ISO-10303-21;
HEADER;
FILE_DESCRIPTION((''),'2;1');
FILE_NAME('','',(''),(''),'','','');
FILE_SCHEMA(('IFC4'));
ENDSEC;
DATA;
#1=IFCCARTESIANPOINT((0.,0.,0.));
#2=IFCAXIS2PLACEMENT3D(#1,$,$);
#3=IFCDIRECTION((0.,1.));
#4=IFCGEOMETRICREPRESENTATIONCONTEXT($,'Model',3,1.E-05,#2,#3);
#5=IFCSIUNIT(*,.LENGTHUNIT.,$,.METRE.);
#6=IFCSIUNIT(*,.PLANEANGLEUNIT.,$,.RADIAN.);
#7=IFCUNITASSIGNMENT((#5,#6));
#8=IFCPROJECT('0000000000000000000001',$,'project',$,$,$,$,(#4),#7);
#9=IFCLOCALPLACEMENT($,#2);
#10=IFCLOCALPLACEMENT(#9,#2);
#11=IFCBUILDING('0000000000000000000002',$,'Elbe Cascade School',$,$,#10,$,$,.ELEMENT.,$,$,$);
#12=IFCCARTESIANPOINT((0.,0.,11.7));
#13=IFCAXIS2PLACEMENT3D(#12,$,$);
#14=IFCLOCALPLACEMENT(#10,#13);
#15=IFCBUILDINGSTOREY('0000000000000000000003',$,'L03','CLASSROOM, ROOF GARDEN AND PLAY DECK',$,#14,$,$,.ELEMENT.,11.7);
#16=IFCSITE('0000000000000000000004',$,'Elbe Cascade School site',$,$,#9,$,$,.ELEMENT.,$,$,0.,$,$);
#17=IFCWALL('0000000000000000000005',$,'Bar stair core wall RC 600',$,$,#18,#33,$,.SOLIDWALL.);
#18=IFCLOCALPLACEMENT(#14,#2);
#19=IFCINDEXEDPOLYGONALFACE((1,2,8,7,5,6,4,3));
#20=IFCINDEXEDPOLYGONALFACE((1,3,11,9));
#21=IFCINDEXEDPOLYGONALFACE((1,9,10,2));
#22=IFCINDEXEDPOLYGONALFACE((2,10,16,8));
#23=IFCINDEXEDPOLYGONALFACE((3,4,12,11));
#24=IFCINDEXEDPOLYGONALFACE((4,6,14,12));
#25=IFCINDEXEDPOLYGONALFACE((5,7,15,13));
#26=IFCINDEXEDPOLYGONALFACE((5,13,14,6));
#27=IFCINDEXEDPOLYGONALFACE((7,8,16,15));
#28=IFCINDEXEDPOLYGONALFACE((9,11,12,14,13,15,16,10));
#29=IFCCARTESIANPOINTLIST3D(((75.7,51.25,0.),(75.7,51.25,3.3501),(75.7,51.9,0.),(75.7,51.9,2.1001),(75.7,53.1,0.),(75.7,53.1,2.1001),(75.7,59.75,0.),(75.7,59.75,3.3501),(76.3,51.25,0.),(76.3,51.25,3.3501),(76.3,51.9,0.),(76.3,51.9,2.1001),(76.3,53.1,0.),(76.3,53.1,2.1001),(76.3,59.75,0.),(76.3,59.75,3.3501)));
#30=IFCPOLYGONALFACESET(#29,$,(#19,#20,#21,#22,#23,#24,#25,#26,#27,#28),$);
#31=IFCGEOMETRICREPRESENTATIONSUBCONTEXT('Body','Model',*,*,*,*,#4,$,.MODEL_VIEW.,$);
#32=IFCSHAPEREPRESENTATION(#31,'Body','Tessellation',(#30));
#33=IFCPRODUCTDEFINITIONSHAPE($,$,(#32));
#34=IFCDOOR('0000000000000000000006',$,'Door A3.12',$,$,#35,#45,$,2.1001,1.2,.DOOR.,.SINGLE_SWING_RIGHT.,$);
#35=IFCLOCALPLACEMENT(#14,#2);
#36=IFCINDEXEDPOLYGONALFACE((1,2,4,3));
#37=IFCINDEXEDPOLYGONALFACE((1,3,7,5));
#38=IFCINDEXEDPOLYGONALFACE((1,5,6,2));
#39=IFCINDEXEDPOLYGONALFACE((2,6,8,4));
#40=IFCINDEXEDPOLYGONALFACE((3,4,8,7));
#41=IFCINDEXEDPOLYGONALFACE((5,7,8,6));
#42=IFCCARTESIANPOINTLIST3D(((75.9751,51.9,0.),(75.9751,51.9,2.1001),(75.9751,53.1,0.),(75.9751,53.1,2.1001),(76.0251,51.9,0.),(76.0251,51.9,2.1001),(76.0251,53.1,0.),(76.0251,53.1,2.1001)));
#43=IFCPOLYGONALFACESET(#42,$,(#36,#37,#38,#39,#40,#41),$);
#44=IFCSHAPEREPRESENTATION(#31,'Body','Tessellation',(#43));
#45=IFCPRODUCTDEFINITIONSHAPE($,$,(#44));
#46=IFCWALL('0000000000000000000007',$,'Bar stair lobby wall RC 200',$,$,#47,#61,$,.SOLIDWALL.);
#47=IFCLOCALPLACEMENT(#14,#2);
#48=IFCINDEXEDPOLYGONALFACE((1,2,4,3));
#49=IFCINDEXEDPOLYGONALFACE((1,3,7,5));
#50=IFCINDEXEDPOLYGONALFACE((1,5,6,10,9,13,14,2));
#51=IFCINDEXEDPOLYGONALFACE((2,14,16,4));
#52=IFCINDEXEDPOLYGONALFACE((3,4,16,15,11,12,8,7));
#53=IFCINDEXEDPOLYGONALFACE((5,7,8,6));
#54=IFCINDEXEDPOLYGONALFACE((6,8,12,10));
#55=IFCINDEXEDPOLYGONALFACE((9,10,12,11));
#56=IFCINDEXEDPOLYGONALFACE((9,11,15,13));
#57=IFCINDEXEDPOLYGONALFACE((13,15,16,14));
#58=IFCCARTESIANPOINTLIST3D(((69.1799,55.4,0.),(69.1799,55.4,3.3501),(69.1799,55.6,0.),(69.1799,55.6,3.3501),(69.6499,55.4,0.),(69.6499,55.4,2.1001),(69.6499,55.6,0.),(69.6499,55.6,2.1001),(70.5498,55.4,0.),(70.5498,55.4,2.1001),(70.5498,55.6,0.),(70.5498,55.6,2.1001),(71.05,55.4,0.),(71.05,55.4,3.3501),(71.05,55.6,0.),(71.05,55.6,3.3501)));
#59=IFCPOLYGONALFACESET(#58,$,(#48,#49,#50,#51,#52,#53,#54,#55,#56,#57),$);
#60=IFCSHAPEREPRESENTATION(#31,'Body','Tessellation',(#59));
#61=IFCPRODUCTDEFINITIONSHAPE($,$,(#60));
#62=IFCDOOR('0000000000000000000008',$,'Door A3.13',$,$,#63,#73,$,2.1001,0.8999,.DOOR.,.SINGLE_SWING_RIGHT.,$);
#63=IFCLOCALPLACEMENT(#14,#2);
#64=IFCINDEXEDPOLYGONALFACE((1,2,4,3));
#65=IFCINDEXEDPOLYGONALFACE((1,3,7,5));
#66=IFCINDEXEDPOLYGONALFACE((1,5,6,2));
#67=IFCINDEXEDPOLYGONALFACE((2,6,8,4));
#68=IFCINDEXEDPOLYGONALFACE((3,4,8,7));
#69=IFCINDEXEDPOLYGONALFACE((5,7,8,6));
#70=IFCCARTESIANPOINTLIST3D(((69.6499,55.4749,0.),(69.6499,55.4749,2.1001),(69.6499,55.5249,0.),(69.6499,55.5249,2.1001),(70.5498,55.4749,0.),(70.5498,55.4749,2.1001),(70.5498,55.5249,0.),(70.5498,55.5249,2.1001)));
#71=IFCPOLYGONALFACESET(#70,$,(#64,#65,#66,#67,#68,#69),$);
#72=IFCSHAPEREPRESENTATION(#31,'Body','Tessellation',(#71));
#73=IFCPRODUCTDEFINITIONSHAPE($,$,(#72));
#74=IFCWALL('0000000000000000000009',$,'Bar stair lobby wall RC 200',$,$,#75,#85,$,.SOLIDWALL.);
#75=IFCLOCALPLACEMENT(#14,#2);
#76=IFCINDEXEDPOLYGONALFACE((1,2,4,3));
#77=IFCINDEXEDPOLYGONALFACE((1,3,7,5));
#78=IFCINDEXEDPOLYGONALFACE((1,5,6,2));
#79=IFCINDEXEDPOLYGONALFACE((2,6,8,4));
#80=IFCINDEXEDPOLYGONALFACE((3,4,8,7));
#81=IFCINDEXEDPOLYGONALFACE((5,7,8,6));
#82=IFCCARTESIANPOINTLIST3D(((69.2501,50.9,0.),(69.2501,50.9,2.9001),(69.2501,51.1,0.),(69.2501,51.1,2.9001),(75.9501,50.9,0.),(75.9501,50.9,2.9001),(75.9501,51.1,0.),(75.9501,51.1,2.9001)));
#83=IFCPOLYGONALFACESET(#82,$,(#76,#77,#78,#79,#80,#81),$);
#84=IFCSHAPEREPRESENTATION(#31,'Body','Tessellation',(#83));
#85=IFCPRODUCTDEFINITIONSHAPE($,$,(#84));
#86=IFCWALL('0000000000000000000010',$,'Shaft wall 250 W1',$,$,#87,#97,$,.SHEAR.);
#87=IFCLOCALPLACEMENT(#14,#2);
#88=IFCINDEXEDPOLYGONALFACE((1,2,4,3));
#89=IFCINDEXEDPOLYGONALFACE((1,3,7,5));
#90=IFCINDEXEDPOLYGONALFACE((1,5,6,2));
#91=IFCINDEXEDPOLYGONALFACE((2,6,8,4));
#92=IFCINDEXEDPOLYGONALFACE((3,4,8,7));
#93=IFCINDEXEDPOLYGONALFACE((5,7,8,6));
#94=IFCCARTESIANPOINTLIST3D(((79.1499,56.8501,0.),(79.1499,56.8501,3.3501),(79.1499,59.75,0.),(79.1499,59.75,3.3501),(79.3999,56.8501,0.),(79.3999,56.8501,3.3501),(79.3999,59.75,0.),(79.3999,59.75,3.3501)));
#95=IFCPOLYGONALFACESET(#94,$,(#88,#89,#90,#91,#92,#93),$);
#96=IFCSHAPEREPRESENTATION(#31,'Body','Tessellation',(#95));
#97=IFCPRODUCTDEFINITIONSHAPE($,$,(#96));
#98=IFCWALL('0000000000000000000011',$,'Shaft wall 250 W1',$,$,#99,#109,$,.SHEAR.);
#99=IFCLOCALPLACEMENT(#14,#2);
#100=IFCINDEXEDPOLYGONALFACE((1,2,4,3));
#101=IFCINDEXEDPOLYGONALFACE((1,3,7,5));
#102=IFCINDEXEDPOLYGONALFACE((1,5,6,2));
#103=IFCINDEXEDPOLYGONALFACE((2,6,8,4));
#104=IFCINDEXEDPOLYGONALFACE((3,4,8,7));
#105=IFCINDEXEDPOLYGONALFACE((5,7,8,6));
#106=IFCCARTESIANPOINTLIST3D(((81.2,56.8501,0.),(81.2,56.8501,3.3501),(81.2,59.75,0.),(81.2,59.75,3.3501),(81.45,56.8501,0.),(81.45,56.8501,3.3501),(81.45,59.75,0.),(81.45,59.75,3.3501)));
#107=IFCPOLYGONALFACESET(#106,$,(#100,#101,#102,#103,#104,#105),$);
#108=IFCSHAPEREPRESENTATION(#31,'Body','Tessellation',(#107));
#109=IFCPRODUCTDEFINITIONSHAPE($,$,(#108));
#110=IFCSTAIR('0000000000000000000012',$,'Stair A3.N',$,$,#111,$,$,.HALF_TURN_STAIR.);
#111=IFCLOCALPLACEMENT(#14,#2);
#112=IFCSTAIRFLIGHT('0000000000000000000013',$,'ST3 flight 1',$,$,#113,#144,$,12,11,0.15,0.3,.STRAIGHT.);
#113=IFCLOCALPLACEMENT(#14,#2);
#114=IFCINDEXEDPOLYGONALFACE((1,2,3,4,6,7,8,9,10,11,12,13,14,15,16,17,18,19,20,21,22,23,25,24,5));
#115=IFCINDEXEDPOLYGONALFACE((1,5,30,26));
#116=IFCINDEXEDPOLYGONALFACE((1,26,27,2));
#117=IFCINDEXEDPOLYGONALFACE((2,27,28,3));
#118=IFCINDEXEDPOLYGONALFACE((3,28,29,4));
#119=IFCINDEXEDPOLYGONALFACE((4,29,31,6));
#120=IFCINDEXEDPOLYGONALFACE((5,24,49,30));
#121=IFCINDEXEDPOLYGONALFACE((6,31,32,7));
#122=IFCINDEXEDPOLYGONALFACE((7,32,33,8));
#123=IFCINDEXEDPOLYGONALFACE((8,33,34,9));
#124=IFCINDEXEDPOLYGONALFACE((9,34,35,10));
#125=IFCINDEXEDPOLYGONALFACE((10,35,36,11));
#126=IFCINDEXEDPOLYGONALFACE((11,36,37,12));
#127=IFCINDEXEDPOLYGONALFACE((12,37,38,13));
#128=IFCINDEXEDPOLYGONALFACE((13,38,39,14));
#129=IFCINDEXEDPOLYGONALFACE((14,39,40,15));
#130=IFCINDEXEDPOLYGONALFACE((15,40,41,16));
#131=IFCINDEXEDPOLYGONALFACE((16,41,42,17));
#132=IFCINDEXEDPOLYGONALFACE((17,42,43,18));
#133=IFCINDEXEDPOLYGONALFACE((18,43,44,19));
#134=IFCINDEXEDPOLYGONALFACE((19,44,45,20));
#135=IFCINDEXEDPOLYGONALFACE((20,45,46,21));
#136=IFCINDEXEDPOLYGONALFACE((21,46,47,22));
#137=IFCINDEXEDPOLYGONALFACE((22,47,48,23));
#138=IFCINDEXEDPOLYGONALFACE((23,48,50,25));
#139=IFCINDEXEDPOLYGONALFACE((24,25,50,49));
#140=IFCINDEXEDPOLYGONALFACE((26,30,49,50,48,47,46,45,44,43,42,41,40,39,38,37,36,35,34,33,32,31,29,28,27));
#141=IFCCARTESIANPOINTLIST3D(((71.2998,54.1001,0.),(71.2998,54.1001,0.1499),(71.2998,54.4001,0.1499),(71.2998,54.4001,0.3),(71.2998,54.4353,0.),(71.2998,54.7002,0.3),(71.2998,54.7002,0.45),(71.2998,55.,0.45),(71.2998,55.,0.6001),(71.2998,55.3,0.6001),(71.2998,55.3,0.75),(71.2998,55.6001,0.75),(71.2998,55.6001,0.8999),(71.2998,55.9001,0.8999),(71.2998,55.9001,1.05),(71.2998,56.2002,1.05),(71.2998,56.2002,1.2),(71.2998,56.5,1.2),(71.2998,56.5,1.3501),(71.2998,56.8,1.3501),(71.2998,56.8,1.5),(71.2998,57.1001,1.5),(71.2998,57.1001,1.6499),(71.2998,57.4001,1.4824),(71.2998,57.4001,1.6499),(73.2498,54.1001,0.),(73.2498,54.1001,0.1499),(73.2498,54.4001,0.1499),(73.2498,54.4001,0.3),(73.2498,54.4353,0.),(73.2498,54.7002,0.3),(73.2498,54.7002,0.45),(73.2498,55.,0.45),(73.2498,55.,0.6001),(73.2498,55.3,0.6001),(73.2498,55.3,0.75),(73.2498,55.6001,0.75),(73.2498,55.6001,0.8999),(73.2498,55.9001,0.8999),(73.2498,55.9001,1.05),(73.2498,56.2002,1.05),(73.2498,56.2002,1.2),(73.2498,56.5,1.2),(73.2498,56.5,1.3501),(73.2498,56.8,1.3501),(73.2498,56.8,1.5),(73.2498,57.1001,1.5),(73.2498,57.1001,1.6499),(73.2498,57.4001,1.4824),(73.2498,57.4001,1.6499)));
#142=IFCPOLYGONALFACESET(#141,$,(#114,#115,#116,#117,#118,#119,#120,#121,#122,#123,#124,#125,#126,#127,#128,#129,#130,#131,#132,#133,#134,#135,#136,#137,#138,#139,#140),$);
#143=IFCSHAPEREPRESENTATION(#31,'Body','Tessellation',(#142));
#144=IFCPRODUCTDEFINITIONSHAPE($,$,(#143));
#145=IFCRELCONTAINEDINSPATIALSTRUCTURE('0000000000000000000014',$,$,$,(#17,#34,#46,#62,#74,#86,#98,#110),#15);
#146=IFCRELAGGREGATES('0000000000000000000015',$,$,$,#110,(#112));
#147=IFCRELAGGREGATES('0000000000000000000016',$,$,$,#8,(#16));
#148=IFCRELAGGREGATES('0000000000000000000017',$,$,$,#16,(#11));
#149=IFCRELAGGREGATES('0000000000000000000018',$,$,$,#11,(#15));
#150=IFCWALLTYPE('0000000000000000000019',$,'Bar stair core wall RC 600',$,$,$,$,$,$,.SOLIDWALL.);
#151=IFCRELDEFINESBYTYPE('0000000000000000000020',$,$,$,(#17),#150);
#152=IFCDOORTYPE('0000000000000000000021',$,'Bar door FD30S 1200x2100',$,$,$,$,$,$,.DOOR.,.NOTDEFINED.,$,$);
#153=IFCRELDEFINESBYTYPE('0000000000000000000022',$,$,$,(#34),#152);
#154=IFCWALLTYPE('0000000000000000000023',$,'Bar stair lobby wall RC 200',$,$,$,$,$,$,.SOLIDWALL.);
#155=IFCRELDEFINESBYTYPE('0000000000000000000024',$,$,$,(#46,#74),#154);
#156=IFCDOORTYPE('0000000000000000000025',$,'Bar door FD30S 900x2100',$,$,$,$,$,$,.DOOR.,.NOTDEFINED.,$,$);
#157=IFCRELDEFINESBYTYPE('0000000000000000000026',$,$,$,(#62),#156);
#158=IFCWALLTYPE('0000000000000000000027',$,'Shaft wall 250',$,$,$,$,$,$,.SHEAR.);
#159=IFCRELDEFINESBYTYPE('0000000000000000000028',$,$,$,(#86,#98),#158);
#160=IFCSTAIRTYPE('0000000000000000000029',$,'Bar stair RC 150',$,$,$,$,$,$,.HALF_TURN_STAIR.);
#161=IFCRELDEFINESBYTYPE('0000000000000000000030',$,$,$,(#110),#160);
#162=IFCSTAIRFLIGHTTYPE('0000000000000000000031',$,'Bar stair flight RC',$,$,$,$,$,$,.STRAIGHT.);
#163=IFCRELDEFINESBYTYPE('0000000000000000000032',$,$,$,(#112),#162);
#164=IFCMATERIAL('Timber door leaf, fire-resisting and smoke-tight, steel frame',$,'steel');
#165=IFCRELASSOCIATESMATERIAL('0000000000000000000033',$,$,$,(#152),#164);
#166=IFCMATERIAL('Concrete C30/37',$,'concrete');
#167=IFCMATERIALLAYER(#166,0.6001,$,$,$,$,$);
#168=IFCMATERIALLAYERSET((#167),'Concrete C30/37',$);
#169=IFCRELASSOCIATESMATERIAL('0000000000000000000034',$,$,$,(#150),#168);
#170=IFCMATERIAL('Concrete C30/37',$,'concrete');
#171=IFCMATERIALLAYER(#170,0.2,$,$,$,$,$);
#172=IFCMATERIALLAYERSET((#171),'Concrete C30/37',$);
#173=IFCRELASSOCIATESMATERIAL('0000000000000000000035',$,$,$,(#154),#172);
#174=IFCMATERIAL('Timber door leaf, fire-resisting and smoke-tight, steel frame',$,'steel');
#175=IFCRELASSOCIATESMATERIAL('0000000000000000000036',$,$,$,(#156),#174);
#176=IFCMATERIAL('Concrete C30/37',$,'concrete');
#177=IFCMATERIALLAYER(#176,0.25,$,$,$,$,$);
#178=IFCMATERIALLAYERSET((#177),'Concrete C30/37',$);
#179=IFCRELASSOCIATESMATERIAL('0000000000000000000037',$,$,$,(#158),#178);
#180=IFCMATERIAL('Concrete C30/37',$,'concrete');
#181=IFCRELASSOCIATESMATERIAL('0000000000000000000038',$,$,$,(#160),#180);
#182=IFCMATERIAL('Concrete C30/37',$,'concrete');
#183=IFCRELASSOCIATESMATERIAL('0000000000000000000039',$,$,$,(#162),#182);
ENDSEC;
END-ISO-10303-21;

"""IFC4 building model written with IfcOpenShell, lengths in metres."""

from ifc_helpers import new_model, si_unit, direction, frame, frame_2d, origin, place, context, subcontext, project, spatial, polyline, rectangle, outline, extrude, material, layer, layer_set, type_object, element, fill, aggregate, save


model = new_model("IFC4")

# Units and contexts
model_context = context("Model", 3, precision=1e-05, world=origin(), true_north=direction((0.0, 1.0)))
body_context = subcontext(model_context, "Body", "Model", "MODEL_VIEW")
ifc_project = project(units=[si_unit("LENGTHUNIT", "METRE"), si_unit("PLANEANGLEUNIT", "RADIAN")], contexts=[model_context])

# Site, building, storey
site_placement = place(None, origin())
site = spatial("IfcSite", under=ifc_project, at=site_placement, Name="Elbe Cascade School site", CompositionType="ELEMENT", RefElevation=0.0)
building_placement = place(site_placement, origin())
building = spatial("IfcBuilding", under=site, at=building_placement, Name="Elbe Cascade School", CompositionType="ELEMENT")
storey_placement = place(building_placement, frame((0.0, 0.0, 11.7)))
storey = spatial("IfcBuildingStorey", under=building, at=storey_placement, Name="L03", Description="CLASSROOM, ROOF GARDEN AND PLAY DECK", CompositionType="ELEMENT", Elevation=11.7)

# Shared definitions
ifc_material_1 = material(Name="Timber door leaf, fire-resisting and smoke-tight, steel frame", Category="steel")
door_type_1 = type_object("IfcDoorType", Name="Bar door FD30S 1200x2100", OperationType="NOTDEFINED", PredefinedType="DOOR", material=ifc_material_1)

# Walls, openings, doors
ifc_material_2 = material(Name="Concrete C30/37", Category="concrete")
ifc_layer_1 = layer(ifc_material_2, 0.6001)
ifc_layer_set_1 = layer_set([ifc_layer_1], Name="Concrete C30/37")
wall_type_1 = type_object("IfcWallType", Name="Bar stair core wall RC 600", PredefinedType="SOLIDWALL", material=ifc_layer_set_1)
wall_1_placement = place(storey_placement, frame((76.0, 51.25, 0.0), z_axis=(0.0, 0.0, 1.0), x_axis=(0.0, 1.0, 0.0)))
wall_1 = element("IfcWall", 1, at=wall_1_placement, inside=storey, type_object=wall_type_1, Name="Bar stair core wall RC 600", PredefinedType="SOLIDWALL", context=body_context, shape_type="SweptSolid", body=[
    extrude(rectangle(XDim=8.5, YDim=0.6001, at=frame_2d((4.25, 0.0))), origin(), (0.0, 0.0, 1.0), 3.3501),
])
opening_1_placement = place(wall_1_placement, frame((0.6499, 0.0, 0.0)))
opening_1 = element("IfcOpeningElement", 2, at=opening_1_placement, cuts=wall_1, PredefinedType="OPENING", context=body_context, shape_type="SweptSolid", body=[
    extrude(rectangle(XDim=1.2, YDim=2.1001, at=frame_2d((0.6001, 1.05))), frame((0.0, 0.3101, 0.0), z_axis=(0.0, -1.0, 0.0), x_axis=(1.0, 0.0, 0.0)), (0.0, 0.0, 1.0), 0.6201),
])
door_1_placement = place(opening_1_placement, origin())
door_1 = element("IfcDoor", 3, at=door_1_placement, inside=storey, type_object=door_type_1, Name="Door A3.12", OperationType="SINGLE_SWING_RIGHT", OverallHeight=2.1001, OverallWidth=1.2, PredefinedType="DOOR", context=body_context, shape_type="SweptSolid", body=[
    extrude(rectangle(XDim=1.2, YDim=2.1001, at=frame_2d((0.6001, 1.05))), frame((0.0, 0.0249, 0.0), z_axis=(0.0, -1.0, 0.0), x_axis=(1.0, 0.0, 0.0)), (0.0, 0.0, 1.0), 0.05),
])
fill(opening_1, door_1)
ifc_material_3 = material(Name="Concrete C30/37", Category="concrete")
ifc_layer_2 = layer(ifc_material_3, 0.2)
ifc_layer_set_2 = layer_set([ifc_layer_2], Name="Concrete C30/37")
wall_type_2 = type_object("IfcWallType", Name="Bar stair lobby wall RC 200", PredefinedType="SOLIDWALL", material=ifc_layer_set_2)
wall_2_placement = place(storey_placement, frame((69.1799, 55.5, 0.0), z_axis=(0.0, 0.0, 1.0), x_axis=(1.0, 0.0, 0.0)))
wall_2 = element("IfcWall", 4, at=wall_2_placement, inside=storey, type_object=wall_type_2, Name="Bar stair lobby wall RC 200", PredefinedType="SOLIDWALL", context=body_context, shape_type="SweptSolid", body=[
    extrude(rectangle(XDim=1.8701, YDim=0.2, at=frame_2d((0.9351, 0.0))), origin(), (0.0, 0.0, 1.0), 3.3501),
])
opening_2_placement = place(wall_2_placement, frame((0.47, 0.0, 0.0)))
opening_2 = element("IfcOpeningElement", 5, at=opening_2_placement, cuts=wall_2, PredefinedType="OPENING", context=body_context, shape_type="SweptSolid", body=[
    extrude(rectangle(XDim=0.8999, YDim=2.1001, at=frame_2d((0.45, 1.05))), frame((0.0, 0.1099, 0.0), z_axis=(0.0, -1.0, 0.0), x_axis=(1.0, 0.0, 0.0)), (0.0, 0.0, 1.0), 0.22),
])
ifc_material_4 = material(Name="Timber door leaf, fire-resisting and smoke-tight, steel frame", Category="steel")
door_type_2 = type_object("IfcDoorType", Name="Bar door FD30S 900x2100", OperationType="NOTDEFINED", PredefinedType="DOOR", material=ifc_material_4)
door_2_placement = place(opening_2_placement, origin())
door_2 = element("IfcDoor", 6, at=door_2_placement, inside=storey, type_object=door_type_2, Name="Door A3.13", OperationType="SINGLE_SWING_RIGHT", OverallHeight=2.1001, OverallWidth=0.8999, PredefinedType="DOOR", context=body_context, shape_type="SweptSolid", body=[
    extrude(rectangle(XDim=0.8999, YDim=2.1001, at=frame_2d((0.45, 1.05))), frame((0.0, 0.0249, 0.0), z_axis=(0.0, -1.0, 0.0), x_axis=(1.0, 0.0, 0.0)), (0.0, 0.0, 1.0), 0.05),
])
fill(opening_2, door_2)

# Walls
wall_3_placement = place(storey_placement, frame((69.25, 51.0, 0.0), z_axis=(0.0, 0.0, 1.0), x_axis=(1.0, 0.0, 0.0)))
element("IfcWall", 7, at=wall_3_placement, inside=storey, type_object=wall_type_2, Name="Bar stair lobby wall RC 200", PredefinedType="SOLIDWALL", context=body_context, shape_type="SweptSolid", body=[
    extrude(rectangle(XDim=6.7, YDim=0.2, at=frame_2d((3.3501, 0.0))), origin(), (0.0, 0.0, 1.0), 2.9001),
])
ifc_material_5 = material(Name="Concrete C30/37", Category="concrete")
ifc_layer_3 = layer(ifc_material_5, 0.25)
ifc_layer_set_3 = layer_set([ifc_layer_3], Name="Concrete C30/37")
wall_type_3 = type_object("IfcWallType", Name="Shaft wall 250", PredefinedType="SHEAR", material=ifc_layer_set_3)
for number, where, z_axis, x_axis, name in (
    (8, (79.2749, 56.8501, 0.0), (0.0, 0.0, 1.0), (0.0, 1.0, 0.0), "Shaft wall 250 W1"),
    (9, (81.325, 56.8501, 0.0), (0.0, 0.0, 1.0), (0.0, 1.0, 0.0), "Shaft wall 250 W1"),
):
    element("IfcWall", number, at=place(storey_placement, frame(where, z_axis=z_axis, x_axis=x_axis)), inside=storey, type_object=wall_type_3, Name=name, PredefinedType="SHEAR", context=body_context, shape_type="SweptSolid", body=[
        extrude(rectangle(XDim=2.8999, YDim=0.25, at=frame_2d((1.45, 0.0))), origin(), (0.0, 0.0, 1.0), 3.3501),
    ])

# Stair, stair flight
ifc_material_6 = material(Name="Concrete C30/37", Category="concrete")
stair_type = type_object("IfcStairType", Name="Bar stair RC 150", PredefinedType="HALF_TURN_STAIR", material=ifc_material_6)
stair_placement = place(storey_placement, origin())
stair = element("IfcStair", 10, at=stair_placement, inside=storey, type_object=stair_type, Name="Stair A3.N", PredefinedType="HALF_TURN_STAIR")
ifc_material_7 = material(Name="Concrete C30/37", Category="concrete")
stair_flight_type = type_object("IfcStairFlightType", Name="Bar stair flight RC", PredefinedType="STRAIGHT", material=ifc_material_7)
stair_flight_placement = place(storey_placement, frame((72.2749, 54.1001, 0.0), z_axis=(0.0, 0.0, 1.0), x_axis=(0.0, 1.0, 0.0)))
stair_flight = element("IfcStairFlight", 11, at=stair_flight_placement, type_object=stair_flight_type, Name="ST3 flight 1", NumberOfRisers=12, NumberOfTreads=11, PredefinedType="STRAIGHT", RiserHeight=0.15, TreadLength=0.3, context=body_context, shape_type="SweptSolid", body=[
    extrude(outline(polyline([(0.0, 0.0), (0.0, 0.1499), (0.3, 0.1499), (0.3, 0.3), (0.6001, 0.3), (0.6001, 0.45), (0.8999, 0.45), (0.8999, 0.6001), (1.2, 0.6001), (1.2, 0.75), (1.5, 0.75), (1.5, 0.8999), (1.8, 0.8999), (1.8, 1.05), (2.1001, 1.05), (2.1001, 1.2), (2.3999, 1.2), (2.3999, 1.3501), (2.7, 1.3501), (2.7, 1.5), (3.0, 1.5), (3.0, 1.6499), (3.3, 1.6499), (3.3, 1.8), (3.3, 1.4824), (0.3352, 0.0), (0.0, 0.0)])), frame((0.0, 0.9751, 0.0), z_axis=(0.0, -1.0, 0.0), x_axis=(1.0, 0.0, 0.0)), (0.0, 0.0, 1.0), 1.95),
])
aggregate(stair, [stair_flight])

save(model, "model.ifc")
